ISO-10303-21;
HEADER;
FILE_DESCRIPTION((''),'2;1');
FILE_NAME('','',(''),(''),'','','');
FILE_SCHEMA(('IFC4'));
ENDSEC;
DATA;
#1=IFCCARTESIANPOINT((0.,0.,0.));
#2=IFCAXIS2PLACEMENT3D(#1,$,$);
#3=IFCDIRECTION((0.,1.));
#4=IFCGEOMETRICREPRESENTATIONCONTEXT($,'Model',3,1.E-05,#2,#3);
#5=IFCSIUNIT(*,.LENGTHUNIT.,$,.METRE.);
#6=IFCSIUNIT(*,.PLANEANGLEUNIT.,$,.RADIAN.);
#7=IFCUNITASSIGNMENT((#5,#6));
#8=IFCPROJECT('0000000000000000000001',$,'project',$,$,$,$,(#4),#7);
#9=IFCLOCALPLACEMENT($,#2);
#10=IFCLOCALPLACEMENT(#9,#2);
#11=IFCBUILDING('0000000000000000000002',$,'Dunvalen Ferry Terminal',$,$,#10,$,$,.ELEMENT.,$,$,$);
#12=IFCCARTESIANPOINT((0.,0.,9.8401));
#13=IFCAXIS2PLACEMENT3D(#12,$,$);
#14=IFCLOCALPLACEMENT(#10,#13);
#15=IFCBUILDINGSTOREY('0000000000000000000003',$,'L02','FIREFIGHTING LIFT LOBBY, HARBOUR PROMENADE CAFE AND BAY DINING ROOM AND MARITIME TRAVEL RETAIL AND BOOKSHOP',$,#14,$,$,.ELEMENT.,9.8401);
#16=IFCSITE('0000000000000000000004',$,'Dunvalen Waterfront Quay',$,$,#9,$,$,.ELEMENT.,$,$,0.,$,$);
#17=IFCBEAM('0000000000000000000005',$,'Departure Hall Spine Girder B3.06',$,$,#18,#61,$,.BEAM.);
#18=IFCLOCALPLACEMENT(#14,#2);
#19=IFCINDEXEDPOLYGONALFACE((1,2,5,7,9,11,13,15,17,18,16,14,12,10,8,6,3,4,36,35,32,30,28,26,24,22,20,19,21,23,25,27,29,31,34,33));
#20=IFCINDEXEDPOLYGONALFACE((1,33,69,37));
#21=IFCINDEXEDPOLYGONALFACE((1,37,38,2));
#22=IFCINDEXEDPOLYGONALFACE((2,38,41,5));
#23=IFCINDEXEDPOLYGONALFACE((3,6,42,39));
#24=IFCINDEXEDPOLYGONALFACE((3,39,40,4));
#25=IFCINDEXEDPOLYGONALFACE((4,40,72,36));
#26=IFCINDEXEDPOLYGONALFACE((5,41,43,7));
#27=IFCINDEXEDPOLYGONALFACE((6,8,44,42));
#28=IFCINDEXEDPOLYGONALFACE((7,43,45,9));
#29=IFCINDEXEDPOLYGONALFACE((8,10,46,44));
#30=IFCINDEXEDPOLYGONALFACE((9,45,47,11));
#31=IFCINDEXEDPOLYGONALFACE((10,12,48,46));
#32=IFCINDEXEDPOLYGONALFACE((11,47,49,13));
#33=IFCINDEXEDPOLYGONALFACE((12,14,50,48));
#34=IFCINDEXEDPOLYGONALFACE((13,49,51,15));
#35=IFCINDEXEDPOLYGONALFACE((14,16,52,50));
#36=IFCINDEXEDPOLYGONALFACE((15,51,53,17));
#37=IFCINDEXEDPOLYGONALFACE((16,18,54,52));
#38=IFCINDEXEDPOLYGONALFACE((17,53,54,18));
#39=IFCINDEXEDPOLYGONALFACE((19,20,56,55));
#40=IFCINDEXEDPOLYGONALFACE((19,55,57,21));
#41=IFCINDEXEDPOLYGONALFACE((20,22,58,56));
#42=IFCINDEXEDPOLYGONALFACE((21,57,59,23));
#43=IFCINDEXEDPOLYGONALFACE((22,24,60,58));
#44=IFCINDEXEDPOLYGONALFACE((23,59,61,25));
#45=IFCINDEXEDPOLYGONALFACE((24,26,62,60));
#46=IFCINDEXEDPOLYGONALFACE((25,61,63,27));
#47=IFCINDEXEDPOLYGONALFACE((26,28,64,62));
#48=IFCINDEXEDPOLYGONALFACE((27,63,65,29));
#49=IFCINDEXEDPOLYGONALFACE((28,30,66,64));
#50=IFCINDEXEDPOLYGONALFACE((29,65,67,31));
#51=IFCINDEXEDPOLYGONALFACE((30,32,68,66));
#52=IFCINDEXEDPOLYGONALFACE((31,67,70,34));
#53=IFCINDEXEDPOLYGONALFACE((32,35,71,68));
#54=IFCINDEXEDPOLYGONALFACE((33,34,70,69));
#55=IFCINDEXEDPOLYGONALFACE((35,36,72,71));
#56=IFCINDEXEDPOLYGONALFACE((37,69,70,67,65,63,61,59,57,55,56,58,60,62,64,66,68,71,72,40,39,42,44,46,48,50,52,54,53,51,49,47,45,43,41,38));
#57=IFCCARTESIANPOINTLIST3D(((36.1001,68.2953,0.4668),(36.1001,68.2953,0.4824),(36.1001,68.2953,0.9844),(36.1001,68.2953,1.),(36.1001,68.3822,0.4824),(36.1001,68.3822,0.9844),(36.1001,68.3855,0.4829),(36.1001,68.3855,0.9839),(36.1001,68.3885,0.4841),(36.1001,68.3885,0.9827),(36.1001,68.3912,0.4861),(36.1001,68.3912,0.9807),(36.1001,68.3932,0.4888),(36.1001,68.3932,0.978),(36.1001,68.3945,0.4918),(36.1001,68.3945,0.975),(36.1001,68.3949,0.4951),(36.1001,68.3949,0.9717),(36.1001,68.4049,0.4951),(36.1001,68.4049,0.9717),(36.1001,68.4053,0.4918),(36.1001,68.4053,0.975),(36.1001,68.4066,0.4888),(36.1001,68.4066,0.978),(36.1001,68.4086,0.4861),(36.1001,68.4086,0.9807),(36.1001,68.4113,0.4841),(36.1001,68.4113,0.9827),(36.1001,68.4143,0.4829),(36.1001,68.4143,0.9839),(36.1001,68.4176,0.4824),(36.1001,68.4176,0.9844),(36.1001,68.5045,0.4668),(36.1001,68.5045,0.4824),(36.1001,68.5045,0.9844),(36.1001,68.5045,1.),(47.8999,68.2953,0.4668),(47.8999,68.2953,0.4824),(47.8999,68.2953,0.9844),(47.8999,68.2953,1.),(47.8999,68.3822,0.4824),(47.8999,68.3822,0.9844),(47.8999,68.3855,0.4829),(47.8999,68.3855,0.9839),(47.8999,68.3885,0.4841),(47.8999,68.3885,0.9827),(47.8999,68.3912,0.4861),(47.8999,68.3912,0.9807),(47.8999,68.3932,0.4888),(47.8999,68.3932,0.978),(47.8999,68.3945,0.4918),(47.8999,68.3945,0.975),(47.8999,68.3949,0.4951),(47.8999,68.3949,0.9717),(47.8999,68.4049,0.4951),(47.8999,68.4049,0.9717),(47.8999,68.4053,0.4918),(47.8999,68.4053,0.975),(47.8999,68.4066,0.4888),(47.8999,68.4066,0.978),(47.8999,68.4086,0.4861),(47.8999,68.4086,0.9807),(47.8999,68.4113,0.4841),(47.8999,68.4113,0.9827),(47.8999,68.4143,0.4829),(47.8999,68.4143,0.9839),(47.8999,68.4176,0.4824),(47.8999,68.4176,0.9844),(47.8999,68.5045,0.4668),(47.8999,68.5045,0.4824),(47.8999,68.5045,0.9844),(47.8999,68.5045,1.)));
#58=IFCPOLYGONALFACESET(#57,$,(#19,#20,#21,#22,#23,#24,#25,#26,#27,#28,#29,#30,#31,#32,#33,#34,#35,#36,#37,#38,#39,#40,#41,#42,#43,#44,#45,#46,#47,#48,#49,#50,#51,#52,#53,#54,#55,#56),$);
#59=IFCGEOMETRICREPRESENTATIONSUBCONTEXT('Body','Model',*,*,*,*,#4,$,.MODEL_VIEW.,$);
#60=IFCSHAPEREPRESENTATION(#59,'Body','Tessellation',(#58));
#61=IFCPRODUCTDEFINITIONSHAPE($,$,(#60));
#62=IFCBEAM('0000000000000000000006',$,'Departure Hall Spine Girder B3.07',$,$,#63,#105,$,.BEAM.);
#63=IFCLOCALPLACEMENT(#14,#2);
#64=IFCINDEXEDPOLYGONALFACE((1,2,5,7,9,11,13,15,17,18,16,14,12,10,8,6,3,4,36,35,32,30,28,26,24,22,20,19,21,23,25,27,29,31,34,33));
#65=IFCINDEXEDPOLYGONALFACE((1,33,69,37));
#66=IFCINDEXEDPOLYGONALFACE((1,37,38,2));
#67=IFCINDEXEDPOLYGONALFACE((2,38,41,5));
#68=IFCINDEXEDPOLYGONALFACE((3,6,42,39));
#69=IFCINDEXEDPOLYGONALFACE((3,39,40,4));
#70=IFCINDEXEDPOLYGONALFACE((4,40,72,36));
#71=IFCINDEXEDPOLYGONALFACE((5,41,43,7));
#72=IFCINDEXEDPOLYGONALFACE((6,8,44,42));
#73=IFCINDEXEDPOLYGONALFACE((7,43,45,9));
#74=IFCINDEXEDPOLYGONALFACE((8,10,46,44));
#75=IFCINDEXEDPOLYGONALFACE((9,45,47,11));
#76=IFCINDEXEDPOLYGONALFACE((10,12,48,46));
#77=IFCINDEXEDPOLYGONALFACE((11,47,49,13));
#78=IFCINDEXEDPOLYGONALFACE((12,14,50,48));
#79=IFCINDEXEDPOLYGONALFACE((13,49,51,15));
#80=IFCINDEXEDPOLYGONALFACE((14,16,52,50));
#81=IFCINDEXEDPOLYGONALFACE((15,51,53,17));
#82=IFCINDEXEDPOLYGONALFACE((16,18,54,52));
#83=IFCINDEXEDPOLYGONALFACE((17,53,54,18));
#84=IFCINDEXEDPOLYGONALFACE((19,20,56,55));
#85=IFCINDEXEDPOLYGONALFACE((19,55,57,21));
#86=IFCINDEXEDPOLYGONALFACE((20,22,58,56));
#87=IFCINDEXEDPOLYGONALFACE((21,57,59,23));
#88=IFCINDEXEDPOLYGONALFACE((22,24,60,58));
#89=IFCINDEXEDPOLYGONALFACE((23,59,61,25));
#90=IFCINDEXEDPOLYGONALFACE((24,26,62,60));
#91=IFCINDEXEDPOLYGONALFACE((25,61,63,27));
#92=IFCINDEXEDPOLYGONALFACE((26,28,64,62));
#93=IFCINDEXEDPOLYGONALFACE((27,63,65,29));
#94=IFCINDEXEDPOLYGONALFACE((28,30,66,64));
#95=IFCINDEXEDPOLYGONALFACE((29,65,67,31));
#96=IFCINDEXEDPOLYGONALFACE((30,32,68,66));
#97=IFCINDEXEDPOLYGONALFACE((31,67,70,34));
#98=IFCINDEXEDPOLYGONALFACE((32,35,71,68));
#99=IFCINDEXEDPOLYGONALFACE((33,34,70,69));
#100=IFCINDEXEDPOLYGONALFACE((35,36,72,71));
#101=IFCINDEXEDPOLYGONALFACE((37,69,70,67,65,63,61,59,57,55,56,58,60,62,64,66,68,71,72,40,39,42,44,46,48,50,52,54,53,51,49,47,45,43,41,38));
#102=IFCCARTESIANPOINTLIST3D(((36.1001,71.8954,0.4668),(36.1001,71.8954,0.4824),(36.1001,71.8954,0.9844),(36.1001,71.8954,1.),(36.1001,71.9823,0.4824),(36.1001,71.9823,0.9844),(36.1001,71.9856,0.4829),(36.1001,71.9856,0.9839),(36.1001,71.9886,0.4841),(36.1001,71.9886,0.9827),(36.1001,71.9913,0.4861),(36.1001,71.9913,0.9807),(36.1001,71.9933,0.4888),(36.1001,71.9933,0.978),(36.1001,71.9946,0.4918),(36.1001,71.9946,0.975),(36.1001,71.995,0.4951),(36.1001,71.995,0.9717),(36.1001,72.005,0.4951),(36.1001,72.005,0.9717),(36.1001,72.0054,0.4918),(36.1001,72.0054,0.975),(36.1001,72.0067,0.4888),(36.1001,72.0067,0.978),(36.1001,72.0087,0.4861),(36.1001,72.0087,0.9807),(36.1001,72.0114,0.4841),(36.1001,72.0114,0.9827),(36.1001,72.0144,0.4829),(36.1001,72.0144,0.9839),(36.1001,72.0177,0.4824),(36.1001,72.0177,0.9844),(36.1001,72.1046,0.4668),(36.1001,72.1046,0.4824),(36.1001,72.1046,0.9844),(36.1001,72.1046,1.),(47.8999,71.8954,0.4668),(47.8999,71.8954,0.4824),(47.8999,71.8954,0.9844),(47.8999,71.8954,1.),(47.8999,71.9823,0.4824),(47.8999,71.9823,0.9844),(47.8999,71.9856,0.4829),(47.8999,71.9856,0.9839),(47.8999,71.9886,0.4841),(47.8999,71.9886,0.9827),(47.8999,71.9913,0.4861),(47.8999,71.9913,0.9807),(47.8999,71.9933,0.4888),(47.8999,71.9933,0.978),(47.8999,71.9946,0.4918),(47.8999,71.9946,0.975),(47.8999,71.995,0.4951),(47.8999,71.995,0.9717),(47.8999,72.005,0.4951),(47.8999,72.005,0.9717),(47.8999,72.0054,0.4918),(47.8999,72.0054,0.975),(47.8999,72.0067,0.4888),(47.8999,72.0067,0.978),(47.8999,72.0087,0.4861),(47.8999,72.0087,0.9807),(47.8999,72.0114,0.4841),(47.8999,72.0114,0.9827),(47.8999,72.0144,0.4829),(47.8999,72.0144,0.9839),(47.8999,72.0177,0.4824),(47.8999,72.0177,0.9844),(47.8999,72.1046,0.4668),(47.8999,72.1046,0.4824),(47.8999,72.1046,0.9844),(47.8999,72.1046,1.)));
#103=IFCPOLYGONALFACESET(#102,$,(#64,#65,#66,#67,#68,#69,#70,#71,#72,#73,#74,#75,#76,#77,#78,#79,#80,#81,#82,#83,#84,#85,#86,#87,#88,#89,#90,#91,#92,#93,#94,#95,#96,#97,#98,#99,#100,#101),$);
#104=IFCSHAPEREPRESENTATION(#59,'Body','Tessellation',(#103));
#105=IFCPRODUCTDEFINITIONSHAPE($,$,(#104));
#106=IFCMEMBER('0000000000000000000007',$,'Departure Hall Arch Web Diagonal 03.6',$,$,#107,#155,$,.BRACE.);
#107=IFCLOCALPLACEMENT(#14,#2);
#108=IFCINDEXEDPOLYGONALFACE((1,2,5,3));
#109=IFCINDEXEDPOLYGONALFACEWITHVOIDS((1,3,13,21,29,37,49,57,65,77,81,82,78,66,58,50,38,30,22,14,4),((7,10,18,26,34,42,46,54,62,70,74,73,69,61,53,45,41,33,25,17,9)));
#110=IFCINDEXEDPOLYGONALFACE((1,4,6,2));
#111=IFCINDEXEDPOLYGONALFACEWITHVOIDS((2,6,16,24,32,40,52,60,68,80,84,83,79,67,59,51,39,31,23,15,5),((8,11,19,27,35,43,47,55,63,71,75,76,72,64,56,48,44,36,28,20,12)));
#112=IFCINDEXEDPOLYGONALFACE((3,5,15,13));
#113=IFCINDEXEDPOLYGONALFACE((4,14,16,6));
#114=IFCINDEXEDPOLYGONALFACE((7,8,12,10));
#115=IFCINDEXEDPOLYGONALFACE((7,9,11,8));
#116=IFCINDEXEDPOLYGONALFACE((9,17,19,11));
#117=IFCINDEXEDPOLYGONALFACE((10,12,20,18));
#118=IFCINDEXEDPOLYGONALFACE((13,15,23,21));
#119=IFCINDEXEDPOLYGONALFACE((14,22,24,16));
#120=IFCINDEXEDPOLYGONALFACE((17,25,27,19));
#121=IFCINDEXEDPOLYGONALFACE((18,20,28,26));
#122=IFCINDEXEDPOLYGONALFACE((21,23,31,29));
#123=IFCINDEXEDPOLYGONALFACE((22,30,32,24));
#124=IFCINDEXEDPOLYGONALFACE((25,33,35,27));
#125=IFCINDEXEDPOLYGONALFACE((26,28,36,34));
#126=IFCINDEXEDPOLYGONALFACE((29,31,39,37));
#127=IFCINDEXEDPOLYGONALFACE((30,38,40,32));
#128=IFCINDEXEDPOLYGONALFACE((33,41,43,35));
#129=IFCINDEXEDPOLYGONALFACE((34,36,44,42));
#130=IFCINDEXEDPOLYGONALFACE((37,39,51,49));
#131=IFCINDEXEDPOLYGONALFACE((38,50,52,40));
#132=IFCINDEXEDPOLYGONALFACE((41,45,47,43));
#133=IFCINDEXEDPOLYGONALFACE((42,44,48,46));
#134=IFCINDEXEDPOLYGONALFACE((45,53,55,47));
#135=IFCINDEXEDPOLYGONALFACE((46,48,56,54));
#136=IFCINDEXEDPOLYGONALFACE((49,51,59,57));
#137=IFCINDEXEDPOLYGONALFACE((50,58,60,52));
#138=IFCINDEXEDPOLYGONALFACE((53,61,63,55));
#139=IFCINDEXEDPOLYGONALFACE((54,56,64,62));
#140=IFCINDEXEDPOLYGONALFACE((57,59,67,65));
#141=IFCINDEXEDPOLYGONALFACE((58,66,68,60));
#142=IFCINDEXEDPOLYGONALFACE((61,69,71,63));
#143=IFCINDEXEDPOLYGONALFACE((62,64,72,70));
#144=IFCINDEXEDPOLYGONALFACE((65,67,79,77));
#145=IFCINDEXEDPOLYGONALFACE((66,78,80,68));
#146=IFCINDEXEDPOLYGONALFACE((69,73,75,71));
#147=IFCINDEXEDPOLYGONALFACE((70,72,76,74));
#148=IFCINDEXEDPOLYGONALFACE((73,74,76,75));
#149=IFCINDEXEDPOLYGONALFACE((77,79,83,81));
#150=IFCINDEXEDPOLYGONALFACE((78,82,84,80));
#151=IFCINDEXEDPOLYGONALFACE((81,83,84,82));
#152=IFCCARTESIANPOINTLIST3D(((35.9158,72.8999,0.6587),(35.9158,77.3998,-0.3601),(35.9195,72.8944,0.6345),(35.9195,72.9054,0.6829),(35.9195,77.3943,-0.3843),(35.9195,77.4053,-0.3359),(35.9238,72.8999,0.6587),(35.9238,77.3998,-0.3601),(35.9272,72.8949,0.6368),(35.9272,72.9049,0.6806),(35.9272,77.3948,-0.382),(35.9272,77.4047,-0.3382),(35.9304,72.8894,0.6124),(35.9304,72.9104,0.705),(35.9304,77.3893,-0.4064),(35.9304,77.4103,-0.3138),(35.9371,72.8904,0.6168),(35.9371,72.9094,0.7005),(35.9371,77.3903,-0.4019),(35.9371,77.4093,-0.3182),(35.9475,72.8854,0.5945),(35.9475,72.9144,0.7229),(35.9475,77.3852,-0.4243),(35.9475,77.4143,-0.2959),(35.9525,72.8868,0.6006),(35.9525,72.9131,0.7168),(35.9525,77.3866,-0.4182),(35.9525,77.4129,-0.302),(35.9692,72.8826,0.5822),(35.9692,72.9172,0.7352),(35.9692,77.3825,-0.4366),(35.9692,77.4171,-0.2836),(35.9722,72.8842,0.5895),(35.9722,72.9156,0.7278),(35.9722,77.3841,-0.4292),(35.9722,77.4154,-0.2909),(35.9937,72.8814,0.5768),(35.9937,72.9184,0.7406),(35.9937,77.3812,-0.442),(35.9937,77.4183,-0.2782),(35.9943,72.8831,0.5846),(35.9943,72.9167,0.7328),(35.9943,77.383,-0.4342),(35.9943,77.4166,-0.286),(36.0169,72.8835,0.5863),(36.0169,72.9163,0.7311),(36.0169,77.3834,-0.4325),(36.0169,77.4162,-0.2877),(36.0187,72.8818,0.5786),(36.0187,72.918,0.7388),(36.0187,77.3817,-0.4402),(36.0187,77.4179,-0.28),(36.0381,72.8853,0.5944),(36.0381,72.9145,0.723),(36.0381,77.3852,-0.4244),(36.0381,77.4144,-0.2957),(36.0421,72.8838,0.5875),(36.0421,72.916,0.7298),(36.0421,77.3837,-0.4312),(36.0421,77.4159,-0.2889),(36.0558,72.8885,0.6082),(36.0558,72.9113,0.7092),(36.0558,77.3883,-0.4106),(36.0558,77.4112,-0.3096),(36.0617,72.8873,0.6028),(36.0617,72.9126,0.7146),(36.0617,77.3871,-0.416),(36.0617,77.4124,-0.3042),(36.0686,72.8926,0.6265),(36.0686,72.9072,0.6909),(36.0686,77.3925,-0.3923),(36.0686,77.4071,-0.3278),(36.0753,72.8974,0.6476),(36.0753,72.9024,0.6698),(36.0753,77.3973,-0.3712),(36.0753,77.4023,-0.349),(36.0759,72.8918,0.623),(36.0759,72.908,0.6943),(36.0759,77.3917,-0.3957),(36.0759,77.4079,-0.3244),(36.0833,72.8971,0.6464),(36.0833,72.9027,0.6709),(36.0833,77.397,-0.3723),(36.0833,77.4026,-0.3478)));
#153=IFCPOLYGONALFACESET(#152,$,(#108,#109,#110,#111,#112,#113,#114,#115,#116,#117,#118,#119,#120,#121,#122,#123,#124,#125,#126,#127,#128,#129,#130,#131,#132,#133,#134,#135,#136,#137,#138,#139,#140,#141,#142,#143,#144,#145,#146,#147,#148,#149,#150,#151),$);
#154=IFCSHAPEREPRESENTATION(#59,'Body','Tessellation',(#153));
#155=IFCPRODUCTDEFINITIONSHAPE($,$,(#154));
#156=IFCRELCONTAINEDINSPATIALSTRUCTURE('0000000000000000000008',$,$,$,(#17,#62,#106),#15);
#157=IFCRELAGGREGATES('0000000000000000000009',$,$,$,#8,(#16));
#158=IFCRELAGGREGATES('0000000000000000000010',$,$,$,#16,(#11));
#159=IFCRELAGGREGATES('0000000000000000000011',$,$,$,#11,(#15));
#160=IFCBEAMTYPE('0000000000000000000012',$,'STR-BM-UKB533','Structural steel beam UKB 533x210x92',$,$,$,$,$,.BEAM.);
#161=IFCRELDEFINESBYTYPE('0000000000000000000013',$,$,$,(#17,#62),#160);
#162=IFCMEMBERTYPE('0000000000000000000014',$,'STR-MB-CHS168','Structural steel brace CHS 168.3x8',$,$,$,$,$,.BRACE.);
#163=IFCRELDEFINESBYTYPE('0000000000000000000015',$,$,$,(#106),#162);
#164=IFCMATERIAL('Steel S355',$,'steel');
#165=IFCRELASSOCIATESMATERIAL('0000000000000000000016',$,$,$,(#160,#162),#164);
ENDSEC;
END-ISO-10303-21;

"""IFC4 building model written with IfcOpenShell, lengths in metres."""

from ifc_helpers import new_model, si_unit, direction, frame, origin, origin_2d, place, context, subcontext, project, spatial, hollow_circle, i_section, extrude, material, material_profile, profile_set, type_object, element, save


model = new_model("IFC4")

# Units and contexts
model_context = context("Model", 3, precision=1e-05, world=origin(), true_north=direction((0.0, 1.0)))
body_context = subcontext(model_context, "Body", "Model", "MODEL_VIEW")
ifc_project = project(units=[si_unit("LENGTHUNIT", "METRE"), si_unit("PLANEANGLEUNIT", "RADIAN")], contexts=[model_context])

# Site, building, storey
site_placement = place(None, origin())
site = spatial("IfcSite", under=ifc_project, at=site_placement, Name="Dunvalen Waterfront Quay", CompositionType="ELEMENT", RefElevation=0.0)
building_placement = place(site_placement, origin())
building = spatial("IfcBuilding", under=site, at=building_placement, Name="Dunvalen Ferry Terminal", CompositionType="ELEMENT")
storey_placement = place(building_placement, frame((0.0, 0.0, 9.8401)))
storey = spatial("IfcBuildingStorey", under=building, at=storey_placement, Name="L02", Description="FIREFIGHTING LIFT LOBBY, HARBOUR PROMENADE CAFE AND BAY DINING ROOM AND MARITIME TRAVEL RETAIL AND BOOKSHOP", CompositionType="ELEMENT", Elevation=9.8401)

# Beams
ifc_material_1 = material(Name="Steel S355", Category="steel")
ifc_material_profile_1 = material_profile(ifc_material_1, i_section(OverallWidth=0.2092, OverallDepth=0.5332, WebThickness=0.01, FlangeThickness=0.0156, FilletRadius=0.0127, at=origin_2d()), Name="Steel S355")
ifc_profile_set_1 = profile_set([ifc_material_profile_1], Name="Steel S355")
beam_type_1 = type_object("IfcBeamType", Name="STR-BM-UKB533", Description="Structural steel beam UKB 533x210x92", PredefinedType="BEAM", material=ifc_profile_set_1)
for number, where, z_axis, x_axis, name in (
    (1, (36.1001, 68.3999, 0.7334), (1.0, 0.0, 0.0), (0.0, 1.0, 0.0), "Departure Hall Spine Girder B3.06"),
    (2, (36.1001, 72.0, 0.7334), (1.0, 0.0, 0.0), (0.0, 1.0, 0.0), "Departure Hall Spine Girder B3.07"),
):
    element("IfcBeam", number, at=place(storey_placement, frame(where, z_axis=z_axis, x_axis=x_axis)), inside=storey, type_object=beam_type_1, Name=name, PredefinedType="BEAM", context=body_context, shape_type="SweptSolid", body=[
        extrude(i_section(OverallWidth=0.2092, OverallDepth=0.5332, WebThickness=0.01, FlangeThickness=0.0156, FilletRadius=0.0127, at=origin_2d()), origin(), (0.0, 0.0, 1.0), 11.7998),
    ])

# Member
ifc_material_profile_2 = material_profile(ifc_material_1, hollow_circle(Radius=0.0842, WallThickness=0.0081, at=origin_2d()), Name="Steel S355")
ifc_profile_set_2 = profile_set([ifc_material_profile_2], Name="Steel S355")
member_type_1 = type_object("IfcMemberType", Name="STR-MB-CHS168", Description="Structural steel brace CHS 168.3x8", PredefinedType="BRACE", material=ifc_profile_set_2)
member_1_placement = place(storey_placement, frame((36.0, 72.8999, 0.6587), z_axis=(0.0, 0.975317, -0.220811), x_axis=(-1.0, 0.0, 0.0)))
element("IfcMember", 3, at=member_1_placement, inside=storey, type_object=member_type_1, Name="Departure Hall Arch Web Diagonal 03.6", PredefinedType="BRACE", context=body_context, shape_type="SweptSolid", body=[
    extrude(hollow_circle(Radius=0.0842, WallThickness=0.0081, at=origin_2d()), origin(), (0.0, 0.0, 1.0), 4.6138),
])

save(model, "model.ifc")
